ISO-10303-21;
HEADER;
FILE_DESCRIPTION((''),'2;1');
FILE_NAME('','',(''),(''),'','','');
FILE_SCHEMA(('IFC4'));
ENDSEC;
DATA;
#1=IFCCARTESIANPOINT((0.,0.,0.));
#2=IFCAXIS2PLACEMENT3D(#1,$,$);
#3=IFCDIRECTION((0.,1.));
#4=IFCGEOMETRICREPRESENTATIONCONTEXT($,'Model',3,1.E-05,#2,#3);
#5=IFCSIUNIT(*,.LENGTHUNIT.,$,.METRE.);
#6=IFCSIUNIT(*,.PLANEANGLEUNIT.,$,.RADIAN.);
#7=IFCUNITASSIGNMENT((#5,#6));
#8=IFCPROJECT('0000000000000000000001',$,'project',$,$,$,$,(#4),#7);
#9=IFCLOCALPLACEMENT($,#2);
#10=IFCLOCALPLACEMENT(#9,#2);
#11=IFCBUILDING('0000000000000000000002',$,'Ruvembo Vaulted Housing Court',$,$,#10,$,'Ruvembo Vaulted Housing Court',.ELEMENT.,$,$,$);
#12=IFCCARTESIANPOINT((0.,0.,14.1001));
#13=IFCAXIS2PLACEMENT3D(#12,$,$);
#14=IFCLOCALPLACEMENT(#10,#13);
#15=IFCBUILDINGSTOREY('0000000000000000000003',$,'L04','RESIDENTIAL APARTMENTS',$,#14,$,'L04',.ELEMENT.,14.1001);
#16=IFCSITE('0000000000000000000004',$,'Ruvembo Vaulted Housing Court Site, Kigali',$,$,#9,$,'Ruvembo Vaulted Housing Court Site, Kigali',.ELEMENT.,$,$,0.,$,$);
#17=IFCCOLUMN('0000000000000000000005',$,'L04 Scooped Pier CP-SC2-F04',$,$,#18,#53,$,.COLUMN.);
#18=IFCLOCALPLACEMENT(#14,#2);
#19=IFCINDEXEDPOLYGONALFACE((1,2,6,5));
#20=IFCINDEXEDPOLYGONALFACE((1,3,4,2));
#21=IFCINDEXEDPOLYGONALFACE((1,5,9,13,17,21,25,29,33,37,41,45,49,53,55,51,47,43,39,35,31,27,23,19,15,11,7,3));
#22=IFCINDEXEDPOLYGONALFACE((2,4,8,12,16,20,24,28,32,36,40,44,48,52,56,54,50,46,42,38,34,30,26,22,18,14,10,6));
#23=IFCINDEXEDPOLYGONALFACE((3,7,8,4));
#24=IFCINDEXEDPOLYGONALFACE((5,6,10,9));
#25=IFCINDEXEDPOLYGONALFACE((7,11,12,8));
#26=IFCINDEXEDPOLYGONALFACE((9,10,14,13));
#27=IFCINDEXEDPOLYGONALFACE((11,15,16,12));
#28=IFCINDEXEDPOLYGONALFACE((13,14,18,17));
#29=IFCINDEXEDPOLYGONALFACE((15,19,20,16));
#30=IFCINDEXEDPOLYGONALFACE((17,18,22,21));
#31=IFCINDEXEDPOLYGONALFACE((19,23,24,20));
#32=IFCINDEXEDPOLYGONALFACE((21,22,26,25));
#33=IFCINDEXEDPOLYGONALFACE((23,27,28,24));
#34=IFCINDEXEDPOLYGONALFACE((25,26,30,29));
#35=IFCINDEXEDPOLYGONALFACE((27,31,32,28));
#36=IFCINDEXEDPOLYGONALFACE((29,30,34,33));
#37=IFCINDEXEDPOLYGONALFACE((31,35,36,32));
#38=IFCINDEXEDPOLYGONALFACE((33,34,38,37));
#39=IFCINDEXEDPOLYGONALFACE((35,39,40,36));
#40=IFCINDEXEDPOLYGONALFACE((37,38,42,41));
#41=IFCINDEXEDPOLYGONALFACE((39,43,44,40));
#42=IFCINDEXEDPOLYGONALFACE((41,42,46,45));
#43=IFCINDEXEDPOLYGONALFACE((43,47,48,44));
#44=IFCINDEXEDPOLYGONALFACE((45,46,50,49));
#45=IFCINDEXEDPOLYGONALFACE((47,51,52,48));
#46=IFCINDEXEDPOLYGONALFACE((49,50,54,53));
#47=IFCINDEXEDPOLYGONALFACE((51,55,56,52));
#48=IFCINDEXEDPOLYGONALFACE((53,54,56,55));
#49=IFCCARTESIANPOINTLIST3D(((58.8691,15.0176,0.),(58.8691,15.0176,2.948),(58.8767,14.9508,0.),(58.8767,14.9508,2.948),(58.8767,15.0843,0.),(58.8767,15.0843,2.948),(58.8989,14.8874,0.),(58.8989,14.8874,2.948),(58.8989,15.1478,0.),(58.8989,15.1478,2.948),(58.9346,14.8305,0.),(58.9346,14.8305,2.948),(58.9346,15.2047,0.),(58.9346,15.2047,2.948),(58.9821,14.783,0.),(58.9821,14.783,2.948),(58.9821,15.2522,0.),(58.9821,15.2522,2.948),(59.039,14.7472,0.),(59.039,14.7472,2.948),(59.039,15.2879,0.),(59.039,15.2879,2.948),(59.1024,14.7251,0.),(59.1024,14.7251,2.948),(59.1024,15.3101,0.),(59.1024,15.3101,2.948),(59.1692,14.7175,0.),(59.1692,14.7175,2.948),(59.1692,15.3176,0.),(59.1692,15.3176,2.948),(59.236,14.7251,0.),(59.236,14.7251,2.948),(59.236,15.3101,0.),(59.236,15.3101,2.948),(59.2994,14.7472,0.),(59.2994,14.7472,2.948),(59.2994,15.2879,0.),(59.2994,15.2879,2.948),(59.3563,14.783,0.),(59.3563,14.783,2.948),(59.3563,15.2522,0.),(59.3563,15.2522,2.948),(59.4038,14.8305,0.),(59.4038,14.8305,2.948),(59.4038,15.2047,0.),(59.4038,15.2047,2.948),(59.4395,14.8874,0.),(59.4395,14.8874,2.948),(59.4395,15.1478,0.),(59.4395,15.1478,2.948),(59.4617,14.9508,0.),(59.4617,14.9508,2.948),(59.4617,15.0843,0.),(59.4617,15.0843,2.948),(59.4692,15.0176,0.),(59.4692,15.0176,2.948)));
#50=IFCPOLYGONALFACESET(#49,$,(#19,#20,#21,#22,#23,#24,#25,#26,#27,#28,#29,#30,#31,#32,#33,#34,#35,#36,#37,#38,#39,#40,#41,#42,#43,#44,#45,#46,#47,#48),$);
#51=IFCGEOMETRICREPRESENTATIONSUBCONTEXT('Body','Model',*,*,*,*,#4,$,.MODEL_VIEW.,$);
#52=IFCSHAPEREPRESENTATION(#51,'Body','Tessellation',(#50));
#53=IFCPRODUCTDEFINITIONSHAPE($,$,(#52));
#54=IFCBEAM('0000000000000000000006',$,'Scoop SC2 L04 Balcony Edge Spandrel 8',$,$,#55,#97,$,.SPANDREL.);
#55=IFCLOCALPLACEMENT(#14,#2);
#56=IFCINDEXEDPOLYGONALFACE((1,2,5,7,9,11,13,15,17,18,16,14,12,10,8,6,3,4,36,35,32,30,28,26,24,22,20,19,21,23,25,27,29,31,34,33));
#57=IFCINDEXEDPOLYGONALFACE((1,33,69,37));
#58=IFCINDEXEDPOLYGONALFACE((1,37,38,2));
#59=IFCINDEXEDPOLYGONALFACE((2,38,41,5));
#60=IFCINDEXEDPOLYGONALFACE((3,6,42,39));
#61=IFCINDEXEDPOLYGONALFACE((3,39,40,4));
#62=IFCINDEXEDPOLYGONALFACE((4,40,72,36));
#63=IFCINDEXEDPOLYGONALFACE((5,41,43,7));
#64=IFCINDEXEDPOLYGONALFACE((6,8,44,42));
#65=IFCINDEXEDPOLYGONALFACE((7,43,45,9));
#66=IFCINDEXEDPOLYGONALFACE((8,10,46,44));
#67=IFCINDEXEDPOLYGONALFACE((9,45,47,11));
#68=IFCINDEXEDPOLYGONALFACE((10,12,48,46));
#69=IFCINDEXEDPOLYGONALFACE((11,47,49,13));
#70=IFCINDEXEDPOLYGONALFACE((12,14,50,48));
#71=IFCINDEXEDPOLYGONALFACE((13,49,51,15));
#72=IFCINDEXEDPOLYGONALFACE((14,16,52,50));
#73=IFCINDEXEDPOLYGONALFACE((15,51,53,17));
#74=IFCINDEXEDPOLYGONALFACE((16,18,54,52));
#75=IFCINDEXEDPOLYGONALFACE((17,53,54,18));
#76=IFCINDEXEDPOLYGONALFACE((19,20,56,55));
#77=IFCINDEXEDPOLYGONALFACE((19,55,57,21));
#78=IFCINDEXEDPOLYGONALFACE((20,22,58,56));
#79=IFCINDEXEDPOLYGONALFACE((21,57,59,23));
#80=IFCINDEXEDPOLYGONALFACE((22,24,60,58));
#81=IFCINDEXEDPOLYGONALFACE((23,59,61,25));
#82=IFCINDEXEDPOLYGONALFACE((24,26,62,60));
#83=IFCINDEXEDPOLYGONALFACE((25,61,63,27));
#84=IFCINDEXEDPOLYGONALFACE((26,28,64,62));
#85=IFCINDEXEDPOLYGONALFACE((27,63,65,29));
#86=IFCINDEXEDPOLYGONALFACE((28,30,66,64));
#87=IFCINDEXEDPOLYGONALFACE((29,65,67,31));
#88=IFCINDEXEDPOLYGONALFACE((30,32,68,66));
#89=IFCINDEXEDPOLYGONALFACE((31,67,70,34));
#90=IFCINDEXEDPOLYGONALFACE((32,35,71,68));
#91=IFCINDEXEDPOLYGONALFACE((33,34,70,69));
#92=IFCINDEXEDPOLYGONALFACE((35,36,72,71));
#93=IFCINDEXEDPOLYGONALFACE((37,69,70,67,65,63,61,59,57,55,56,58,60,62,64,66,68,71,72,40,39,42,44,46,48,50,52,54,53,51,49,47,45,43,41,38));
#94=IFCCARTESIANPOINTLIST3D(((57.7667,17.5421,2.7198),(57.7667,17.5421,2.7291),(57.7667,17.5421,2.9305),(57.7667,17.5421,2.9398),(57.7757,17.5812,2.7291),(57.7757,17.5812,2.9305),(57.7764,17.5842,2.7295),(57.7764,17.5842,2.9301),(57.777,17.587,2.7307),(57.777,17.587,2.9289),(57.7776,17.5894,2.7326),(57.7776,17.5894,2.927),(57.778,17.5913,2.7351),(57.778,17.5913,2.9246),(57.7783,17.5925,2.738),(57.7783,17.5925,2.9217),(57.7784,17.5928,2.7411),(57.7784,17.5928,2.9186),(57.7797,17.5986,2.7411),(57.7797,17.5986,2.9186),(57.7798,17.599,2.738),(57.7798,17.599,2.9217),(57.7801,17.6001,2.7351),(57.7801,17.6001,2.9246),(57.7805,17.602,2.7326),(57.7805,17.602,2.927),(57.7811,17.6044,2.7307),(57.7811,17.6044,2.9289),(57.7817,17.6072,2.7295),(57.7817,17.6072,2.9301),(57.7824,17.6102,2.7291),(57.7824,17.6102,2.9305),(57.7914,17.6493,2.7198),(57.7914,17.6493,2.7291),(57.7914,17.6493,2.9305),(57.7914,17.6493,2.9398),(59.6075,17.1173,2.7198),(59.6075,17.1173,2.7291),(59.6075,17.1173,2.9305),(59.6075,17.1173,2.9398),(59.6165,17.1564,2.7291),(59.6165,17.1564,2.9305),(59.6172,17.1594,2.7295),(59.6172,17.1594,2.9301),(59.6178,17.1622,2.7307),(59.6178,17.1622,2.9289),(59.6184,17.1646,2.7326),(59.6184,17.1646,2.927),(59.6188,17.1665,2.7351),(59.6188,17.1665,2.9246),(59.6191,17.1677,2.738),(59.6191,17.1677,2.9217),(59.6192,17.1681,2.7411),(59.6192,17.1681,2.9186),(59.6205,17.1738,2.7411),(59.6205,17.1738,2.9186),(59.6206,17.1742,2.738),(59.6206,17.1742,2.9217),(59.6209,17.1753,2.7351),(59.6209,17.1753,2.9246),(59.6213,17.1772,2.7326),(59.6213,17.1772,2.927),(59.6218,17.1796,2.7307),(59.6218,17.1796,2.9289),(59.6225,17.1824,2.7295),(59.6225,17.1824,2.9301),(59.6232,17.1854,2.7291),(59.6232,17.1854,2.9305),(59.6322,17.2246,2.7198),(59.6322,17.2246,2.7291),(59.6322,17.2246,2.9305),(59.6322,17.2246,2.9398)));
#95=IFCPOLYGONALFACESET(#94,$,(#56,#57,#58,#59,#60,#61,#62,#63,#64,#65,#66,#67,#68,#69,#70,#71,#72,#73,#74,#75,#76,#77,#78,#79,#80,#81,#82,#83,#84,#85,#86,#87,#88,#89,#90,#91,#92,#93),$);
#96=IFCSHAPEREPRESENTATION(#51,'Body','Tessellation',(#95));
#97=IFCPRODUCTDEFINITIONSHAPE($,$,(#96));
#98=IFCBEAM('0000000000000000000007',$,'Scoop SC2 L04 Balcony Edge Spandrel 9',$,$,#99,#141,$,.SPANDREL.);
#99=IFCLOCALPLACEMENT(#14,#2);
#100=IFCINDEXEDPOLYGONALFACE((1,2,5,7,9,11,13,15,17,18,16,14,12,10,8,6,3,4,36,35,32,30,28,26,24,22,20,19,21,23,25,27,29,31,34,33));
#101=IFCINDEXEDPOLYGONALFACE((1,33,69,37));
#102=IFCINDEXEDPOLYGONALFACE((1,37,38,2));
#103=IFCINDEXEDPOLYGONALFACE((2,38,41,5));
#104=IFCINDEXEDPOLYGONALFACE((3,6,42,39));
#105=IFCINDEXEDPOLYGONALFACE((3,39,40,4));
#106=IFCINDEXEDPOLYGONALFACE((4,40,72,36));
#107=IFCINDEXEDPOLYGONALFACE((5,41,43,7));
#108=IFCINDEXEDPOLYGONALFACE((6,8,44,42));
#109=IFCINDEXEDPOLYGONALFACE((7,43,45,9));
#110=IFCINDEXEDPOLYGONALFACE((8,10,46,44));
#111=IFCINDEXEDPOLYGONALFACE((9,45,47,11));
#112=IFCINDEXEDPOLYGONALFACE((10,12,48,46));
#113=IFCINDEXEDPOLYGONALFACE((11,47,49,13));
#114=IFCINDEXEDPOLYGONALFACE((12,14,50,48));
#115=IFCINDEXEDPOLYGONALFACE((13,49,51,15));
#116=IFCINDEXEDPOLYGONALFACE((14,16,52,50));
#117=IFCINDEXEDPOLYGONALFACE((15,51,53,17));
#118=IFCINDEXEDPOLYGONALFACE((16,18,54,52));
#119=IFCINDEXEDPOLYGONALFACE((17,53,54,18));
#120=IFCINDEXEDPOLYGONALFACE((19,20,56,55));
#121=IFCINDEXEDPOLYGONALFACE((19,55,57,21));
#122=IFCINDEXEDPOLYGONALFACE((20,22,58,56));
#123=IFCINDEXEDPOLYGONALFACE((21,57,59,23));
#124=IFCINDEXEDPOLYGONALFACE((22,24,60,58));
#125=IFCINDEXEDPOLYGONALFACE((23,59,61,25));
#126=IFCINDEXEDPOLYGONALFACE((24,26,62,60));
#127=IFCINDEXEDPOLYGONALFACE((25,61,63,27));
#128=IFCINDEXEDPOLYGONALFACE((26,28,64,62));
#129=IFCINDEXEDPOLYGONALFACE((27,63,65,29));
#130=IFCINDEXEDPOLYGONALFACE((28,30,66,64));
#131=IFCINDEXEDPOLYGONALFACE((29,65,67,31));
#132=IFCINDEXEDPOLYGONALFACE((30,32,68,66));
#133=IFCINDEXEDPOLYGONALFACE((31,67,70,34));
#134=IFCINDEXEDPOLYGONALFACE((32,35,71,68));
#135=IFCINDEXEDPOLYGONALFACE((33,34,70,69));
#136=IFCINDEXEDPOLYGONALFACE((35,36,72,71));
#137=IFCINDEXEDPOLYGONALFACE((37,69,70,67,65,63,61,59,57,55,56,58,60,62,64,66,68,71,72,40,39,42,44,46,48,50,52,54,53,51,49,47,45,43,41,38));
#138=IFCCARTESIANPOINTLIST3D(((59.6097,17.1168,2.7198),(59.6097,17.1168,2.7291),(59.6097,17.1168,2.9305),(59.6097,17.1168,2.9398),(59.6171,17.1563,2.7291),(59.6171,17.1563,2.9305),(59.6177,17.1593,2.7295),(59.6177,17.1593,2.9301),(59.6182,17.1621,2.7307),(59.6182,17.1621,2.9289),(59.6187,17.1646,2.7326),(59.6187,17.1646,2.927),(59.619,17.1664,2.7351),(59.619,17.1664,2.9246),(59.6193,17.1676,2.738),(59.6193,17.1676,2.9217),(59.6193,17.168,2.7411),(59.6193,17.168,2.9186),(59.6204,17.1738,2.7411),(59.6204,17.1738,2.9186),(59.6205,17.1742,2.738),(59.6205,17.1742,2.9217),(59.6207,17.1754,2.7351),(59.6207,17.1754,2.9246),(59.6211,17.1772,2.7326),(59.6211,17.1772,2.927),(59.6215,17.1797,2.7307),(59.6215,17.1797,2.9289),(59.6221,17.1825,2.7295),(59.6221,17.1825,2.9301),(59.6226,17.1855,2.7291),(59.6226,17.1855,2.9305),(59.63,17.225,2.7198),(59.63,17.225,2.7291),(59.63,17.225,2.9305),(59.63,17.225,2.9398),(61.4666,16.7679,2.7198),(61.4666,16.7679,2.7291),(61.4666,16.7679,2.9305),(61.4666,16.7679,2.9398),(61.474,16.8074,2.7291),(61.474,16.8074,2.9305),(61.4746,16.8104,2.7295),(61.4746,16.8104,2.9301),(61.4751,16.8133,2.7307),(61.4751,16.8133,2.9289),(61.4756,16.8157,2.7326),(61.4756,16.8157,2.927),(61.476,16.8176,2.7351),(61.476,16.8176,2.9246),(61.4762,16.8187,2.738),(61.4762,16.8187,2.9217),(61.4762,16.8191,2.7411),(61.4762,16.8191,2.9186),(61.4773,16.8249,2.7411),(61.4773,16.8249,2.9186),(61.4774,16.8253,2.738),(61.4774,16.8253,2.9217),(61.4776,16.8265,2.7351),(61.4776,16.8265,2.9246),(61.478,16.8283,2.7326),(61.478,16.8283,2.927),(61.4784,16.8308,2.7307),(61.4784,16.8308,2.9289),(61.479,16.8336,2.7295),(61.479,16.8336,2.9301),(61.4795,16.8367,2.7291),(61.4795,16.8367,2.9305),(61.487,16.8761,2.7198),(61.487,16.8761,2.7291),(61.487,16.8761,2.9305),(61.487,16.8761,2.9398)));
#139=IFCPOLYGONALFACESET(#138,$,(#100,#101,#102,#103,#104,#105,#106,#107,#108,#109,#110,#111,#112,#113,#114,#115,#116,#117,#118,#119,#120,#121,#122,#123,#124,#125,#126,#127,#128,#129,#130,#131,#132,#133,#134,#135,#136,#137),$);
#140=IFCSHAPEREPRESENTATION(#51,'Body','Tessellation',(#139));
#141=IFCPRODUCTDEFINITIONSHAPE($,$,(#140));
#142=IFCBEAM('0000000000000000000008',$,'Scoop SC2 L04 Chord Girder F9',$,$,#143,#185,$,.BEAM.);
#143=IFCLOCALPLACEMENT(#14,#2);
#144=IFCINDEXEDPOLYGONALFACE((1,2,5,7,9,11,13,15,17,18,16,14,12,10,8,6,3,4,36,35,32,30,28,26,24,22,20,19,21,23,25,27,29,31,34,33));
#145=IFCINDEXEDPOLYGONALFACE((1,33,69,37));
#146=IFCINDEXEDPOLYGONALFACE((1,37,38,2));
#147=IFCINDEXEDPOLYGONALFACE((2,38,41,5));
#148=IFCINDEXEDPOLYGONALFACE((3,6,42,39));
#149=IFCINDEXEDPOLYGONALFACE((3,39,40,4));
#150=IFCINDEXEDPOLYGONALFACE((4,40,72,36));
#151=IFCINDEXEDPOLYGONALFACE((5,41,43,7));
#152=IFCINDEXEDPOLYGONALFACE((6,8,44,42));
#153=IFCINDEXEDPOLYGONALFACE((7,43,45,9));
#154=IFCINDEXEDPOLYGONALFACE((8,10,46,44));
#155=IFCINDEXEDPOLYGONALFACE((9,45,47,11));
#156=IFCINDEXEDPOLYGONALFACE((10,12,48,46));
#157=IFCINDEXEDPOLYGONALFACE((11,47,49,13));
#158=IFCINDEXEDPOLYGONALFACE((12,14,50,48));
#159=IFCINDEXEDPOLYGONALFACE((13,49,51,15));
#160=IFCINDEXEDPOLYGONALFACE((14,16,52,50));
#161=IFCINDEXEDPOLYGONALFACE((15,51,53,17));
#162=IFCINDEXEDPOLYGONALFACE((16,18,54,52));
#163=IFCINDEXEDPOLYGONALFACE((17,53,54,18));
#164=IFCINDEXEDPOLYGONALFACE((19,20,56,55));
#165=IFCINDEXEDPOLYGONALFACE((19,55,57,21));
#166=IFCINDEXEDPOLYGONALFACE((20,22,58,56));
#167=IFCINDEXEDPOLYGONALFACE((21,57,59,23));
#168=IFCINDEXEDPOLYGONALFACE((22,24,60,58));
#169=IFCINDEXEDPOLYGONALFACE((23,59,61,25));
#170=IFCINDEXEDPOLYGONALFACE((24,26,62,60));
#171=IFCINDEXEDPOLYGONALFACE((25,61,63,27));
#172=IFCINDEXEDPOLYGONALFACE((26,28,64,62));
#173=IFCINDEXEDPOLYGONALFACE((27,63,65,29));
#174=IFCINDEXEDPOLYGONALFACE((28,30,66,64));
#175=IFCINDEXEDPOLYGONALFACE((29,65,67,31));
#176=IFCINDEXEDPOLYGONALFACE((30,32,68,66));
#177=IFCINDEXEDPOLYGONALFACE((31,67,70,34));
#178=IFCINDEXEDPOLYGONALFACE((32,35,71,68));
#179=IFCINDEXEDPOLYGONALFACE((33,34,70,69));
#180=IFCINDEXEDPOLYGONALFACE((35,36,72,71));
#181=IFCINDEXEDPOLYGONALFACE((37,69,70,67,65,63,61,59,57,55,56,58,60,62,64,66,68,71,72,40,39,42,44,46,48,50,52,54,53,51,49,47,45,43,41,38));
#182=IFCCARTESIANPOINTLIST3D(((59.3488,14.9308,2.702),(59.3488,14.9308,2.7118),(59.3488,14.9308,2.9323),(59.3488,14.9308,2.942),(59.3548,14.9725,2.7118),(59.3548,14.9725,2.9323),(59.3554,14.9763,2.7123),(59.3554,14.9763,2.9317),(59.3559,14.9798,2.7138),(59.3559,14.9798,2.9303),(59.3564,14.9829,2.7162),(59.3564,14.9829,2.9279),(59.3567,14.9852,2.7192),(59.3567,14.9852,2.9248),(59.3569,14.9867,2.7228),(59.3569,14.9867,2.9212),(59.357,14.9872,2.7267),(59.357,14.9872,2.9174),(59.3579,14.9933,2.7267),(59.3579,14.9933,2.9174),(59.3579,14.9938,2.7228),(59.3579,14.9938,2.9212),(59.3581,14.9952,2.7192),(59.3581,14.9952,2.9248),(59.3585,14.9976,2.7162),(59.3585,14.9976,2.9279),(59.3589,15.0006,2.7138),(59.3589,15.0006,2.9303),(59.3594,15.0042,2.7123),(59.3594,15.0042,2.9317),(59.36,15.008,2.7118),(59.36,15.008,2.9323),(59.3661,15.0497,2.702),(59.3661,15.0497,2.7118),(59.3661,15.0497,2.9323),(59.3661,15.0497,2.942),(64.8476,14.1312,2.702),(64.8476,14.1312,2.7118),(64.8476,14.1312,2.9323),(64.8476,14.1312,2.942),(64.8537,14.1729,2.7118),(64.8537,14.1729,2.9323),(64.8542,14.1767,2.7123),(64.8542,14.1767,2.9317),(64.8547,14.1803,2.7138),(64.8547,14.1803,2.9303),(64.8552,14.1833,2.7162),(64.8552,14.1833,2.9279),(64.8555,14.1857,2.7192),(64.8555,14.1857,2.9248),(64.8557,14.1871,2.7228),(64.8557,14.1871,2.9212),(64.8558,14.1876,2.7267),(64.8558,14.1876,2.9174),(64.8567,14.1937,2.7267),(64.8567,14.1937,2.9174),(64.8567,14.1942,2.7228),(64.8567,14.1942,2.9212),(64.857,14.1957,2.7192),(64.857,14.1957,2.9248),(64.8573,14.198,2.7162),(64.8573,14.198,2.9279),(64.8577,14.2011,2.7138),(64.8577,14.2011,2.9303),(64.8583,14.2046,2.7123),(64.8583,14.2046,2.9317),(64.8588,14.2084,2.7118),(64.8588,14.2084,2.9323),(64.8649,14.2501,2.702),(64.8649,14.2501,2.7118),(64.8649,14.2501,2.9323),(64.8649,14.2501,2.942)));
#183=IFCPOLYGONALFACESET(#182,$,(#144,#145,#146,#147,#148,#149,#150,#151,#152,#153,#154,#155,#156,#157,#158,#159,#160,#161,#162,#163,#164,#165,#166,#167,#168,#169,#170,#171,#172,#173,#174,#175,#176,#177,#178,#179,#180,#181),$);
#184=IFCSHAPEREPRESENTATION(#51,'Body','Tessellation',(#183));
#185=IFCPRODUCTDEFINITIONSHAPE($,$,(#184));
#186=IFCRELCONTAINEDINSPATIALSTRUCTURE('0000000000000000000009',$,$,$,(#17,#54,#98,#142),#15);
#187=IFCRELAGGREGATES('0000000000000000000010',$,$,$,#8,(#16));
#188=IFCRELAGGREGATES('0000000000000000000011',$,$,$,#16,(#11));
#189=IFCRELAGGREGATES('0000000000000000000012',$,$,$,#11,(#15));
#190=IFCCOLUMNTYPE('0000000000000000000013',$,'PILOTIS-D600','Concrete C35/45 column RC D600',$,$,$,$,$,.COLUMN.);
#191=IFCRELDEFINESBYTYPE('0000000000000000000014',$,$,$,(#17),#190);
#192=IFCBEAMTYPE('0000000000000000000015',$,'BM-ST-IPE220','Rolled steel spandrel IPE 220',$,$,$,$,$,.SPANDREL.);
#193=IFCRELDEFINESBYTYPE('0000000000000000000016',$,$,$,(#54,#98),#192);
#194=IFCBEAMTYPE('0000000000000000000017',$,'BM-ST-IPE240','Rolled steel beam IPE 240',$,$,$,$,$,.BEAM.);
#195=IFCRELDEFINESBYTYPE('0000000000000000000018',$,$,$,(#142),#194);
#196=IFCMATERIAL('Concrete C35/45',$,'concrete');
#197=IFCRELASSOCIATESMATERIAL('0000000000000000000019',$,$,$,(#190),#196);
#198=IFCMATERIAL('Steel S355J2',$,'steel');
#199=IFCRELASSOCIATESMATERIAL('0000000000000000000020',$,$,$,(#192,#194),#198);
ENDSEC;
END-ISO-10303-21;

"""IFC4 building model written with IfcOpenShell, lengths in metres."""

from ifc_helpers import new_model, si_unit, direction, frame, origin, origin_2d, place, context, subcontext, project, spatial, circle, i_section, extrude, material, material_profile, profile_set, type_object, element, save


model = new_model("IFC4")

# Units and contexts
model_context = context("Model", 3, precision=1e-05, world=origin(), true_north=direction((0.0, 1.0)))
body_context = subcontext(model_context, "Body", "Model", "MODEL_VIEW")
ifc_project = project(units=[si_unit("LENGTHUNIT", "METRE"), si_unit("PLANEANGLEUNIT", "RADIAN")], contexts=[model_context])

# Site, building, storey
site_placement = place(None, origin())
site = spatial("IfcSite", under=ifc_project, at=site_placement, Name="Ruvembo Vaulted Housing Court Site, Kigali", LongName="Ruvembo Vaulted Housing Court Site, Kigali", CompositionType="ELEMENT", RefElevation=0.0)
building_placement = place(site_placement, origin())
building = spatial("IfcBuilding", under=site, at=building_placement, Name="Ruvembo Vaulted Housing Court", LongName="Ruvembo Vaulted Housing Court", CompositionType="ELEMENT")
storey_placement = place(building_placement, frame((0.0, 0.0, 14.1001)))
storey = spatial("IfcBuildingStorey", under=building, at=storey_placement, Name="L04", Description="RESIDENTIAL APARTMENTS", LongName="L04", CompositionType="ELEMENT", Elevation=14.1001)

# Column
ifc_material_1 = material(Name="Concrete C35/45", Category="concrete")
ifc_material_profile_1 = material_profile(ifc_material_1, circle(Radius=0.3, at=origin_2d()), Name="RC D600")
ifc_profile_set_1 = profile_set([ifc_material_profile_1], Name="Concrete C35/45")
column_type = type_object("IfcColumnType", Name="PILOTIS-D600", Description="Concrete C35/45 column RC D600", PredefinedType="COLUMN", material=ifc_profile_set_1)
column_placement = place(storey_placement, frame((59.1692, 15.0176, 0.0), z_axis=(0.0, 0.0, 1.0), x_axis=(1.0, 0.0, 0.0)))
element("IfcColumn", 1, at=column_placement, inside=storey, type_object=column_type, Name="L04 Scooped Pier CP-SC2-F04", PredefinedType="COLUMN", context=body_context, shape_type="SweptSolid", body=[
    extrude(circle(Radius=0.3, at=origin_2d()), origin(), (0.0, 0.0, 1.0), 2.948),
])

# Beams
ifc_material_2 = material(Name="Steel S355J2", Category="steel")
ifc_material_profile_2 = material_profile(ifc_material_2, i_section(OverallWidth=0.1101, OverallDepth=0.22, WebThickness=0.0059, FlangeThickness=0.0093, FilletRadius=0.012, at=origin_2d()), Name="IPE 220")
ifc_profile_set_2 = profile_set([ifc_material_profile_2], Name="Steel S355J2")
beam_type_1 = type_object("IfcBeamType", Name="BM-ST-IPE220", Description="Rolled steel spandrel IPE 220", PredefinedType="SPANDREL", material=ifc_profile_set_2)
beam_1_placement = place(storey_placement, frame((57.7791, 17.5957, 2.8298), z_axis=(0.974391, -0.22486, 0.0), x_axis=(0.22486, 0.974391, 0.0)))
element("IfcBeam", 2, at=beam_1_placement, inside=storey, type_object=beam_type_1, Name="Scoop SC2 L04 Balcony Edge Spandrel 8", PredefinedType="SPANDREL", context=body_context, shape_type="SweptSolid", body=[
    extrude(i_section(OverallWidth=0.1101, OverallDepth=0.22, WebThickness=0.0059, FlangeThickness=0.0093, FilletRadius=0.012, at=origin_2d()), origin(), (0.0, 0.0, 1.0), 1.8892),
])
beam_2_placement = place(storey_placement, frame((59.6199, 17.1709, 2.8298), z_axis=(0.982805, -0.184647, 0.0), x_axis=(0.184647, 0.982805, 0.0)))
element("IfcBeam", 3, at=beam_2_placement, inside=storey, type_object=beam_type_1, Name="Scoop SC2 L04 Balcony Edge Spandrel 9", PredefinedType="SPANDREL", context=body_context, shape_type="SweptSolid", body=[
    extrude(i_section(OverallWidth=0.1101, OverallDepth=0.22, WebThickness=0.0059, FlangeThickness=0.0093, FilletRadius=0.012, at=origin_2d()), origin(), (0.0, 0.0, 1.0), 1.8894),
])
ifc_material_profile_3 = material_profile(ifc_material_2, i_section(OverallWidth=0.1201, OverallDepth=0.24, WebThickness=0.0061, FlangeThickness=0.0098, FilletRadius=0.0149, at=origin_2d()), Name="IPE 240")
ifc_profile_set_3 = profile_set([ifc_material_profile_3], Name="Steel S355J2")
beam_type_2 = type_object("IfcBeamType", Name="BM-ST-IPE240", Description="Rolled steel beam IPE 240", PredefinedType="BEAM", material=ifc_profile_set_3)
beam_3_placement = place(storey_placement, frame((59.3574, 14.9902, 2.822), z_axis=(0.989593, -0.143894, 0.0), x_axis=(0.143894, 0.989593, 0.0)))
element("IfcBeam", 4, at=beam_3_placement, inside=storey, type_object=beam_type_2, Name="Scoop SC2 L04 Chord Girder F9", PredefinedType="BEAM", context=body_context, shape_type="SweptSolid", body=[
    extrude(i_section(OverallWidth=0.1201, OverallDepth=0.24, WebThickness=0.0061, FlangeThickness=0.0098, FilletRadius=0.0149, at=origin_2d()), origin(), (0.0, 0.0, 1.0), 5.5566),
])

save(model, "model.ifc")
